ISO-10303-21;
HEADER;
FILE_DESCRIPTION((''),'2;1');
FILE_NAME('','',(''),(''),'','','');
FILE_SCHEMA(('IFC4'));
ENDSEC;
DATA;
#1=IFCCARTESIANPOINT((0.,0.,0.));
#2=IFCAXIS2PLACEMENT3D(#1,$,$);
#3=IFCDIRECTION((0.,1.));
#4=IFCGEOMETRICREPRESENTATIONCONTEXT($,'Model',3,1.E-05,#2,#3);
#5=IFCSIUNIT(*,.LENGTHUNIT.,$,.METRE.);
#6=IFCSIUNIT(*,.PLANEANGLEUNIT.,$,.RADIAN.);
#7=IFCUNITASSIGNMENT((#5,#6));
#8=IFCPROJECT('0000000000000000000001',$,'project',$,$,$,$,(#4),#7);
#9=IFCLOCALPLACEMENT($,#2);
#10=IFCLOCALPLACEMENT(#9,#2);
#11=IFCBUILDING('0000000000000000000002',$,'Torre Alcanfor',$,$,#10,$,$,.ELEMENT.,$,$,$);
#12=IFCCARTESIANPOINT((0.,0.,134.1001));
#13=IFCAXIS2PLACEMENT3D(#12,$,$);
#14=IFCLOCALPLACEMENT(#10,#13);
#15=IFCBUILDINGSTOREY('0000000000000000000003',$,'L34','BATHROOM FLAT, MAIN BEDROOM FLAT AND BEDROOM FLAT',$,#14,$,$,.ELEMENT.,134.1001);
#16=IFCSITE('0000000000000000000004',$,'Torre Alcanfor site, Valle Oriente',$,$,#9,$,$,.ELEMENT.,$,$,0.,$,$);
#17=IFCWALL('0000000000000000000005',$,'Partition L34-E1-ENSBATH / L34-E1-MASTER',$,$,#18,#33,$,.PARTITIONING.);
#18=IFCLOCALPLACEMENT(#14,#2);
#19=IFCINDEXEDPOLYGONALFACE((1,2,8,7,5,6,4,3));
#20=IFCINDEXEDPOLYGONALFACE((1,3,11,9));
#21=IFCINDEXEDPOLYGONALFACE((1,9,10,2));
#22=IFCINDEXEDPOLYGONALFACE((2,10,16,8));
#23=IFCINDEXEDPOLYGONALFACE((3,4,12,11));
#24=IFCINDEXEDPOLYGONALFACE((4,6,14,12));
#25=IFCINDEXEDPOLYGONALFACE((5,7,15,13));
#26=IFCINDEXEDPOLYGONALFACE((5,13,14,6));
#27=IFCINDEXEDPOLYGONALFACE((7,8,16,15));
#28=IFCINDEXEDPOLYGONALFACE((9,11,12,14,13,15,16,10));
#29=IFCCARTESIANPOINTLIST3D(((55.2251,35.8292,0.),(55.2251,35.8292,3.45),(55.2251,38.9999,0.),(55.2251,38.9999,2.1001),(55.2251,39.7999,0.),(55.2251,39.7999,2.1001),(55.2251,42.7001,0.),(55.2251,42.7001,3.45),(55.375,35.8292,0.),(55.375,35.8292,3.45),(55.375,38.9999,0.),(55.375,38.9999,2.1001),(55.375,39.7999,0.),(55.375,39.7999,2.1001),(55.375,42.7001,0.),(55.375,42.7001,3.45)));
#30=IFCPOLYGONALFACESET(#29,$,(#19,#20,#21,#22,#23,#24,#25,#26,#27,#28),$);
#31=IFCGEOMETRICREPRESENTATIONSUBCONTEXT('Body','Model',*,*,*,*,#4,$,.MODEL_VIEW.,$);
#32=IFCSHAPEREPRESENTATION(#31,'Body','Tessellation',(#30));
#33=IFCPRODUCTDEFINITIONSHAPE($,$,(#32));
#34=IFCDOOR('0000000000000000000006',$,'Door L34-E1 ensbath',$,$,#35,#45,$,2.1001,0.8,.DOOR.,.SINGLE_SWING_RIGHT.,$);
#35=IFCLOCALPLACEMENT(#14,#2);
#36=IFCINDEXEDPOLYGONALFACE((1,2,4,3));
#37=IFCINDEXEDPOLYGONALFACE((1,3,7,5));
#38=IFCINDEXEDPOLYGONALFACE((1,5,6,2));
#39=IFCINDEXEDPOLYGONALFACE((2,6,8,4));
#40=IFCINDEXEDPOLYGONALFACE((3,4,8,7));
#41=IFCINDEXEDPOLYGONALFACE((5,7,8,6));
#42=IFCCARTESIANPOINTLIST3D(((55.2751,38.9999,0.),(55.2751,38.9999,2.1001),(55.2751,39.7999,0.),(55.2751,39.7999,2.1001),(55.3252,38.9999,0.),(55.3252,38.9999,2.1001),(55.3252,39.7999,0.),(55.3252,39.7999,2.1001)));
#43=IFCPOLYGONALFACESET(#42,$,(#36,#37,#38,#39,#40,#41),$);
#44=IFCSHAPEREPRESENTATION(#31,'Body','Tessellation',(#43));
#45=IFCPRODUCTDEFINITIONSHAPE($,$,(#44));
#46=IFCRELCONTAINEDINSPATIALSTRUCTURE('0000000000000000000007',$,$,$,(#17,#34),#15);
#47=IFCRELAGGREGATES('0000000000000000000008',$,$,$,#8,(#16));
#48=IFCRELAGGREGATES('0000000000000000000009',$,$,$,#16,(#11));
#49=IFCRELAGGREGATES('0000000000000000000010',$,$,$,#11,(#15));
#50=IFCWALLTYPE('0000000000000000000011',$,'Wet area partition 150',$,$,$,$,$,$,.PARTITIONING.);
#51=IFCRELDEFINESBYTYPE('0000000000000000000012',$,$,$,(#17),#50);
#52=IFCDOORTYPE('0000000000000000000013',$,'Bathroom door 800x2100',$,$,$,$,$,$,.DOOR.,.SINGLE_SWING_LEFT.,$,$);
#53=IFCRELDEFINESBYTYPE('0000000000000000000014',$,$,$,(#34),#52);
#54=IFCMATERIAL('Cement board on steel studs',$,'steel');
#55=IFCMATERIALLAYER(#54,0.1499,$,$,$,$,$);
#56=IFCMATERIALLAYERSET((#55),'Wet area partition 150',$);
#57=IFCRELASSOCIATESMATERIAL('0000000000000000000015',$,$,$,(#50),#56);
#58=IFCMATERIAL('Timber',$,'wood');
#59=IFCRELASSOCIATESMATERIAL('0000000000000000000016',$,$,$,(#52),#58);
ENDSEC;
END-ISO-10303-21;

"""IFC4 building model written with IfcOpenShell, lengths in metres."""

from ifc_helpers import new_model, si_unit, direction, frame, frame_2d, origin, place, context, subcontext, project, spatial, rectangle, extrude, material, layer, layer_set, type_object, element, fill, save


model = new_model("IFC4")

# Units and contexts
model_context = context("Model", 3, precision=1e-05, world=origin(), true_north=direction((0.0, 1.0)))
body_context = subcontext(model_context, "Body", "Model", "MODEL_VIEW")
ifc_project = project(units=[si_unit("LENGTHUNIT", "METRE"), si_unit("PLANEANGLEUNIT", "RADIAN")], contexts=[model_context])

# Site, building, storey
site_placement = place(None, origin())
site = spatial("IfcSite", under=ifc_project, at=site_placement, Name="Torre Alcanfor site, Valle Oriente", CompositionType="ELEMENT", RefElevation=0.0)
building_placement = place(site_placement, origin())
building = spatial("IfcBuilding", under=site, at=building_placement, Name="Torre Alcanfor", CompositionType="ELEMENT")
storey_placement = place(building_placement, frame((0.0, 0.0, 134.1001)))
storey = spatial("IfcBuildingStorey", under=building, at=storey_placement, Name="L34", Description="BATHROOM FLAT, MAIN BEDROOM FLAT AND BEDROOM FLAT", CompositionType="ELEMENT", Elevation=134.1001)

# Shared definitions
ifc_material_1 = material(Name="Cement board on steel studs", Category="steel")
ifc_layer_1 = layer(ifc_material_1, 0.1499)
ifc_layer_set_1 = layer_set([ifc_layer_1], Name="Wet area partition 150")
wall_type_1 = type_object("IfcWallType", Name="Wet area partition 150", PredefinedType="PARTITIONING", material=ifc_layer_set_1)

# Wall, opening, door
wall_1_placement = place(storey_placement, frame((55.3, 35.8291, 0.0), z_axis=(0.0, 0.0, 1.0), x_axis=(0.0, 1.0, 0.0)))
wall_1 = element("IfcWall", 1, at=wall_1_placement, inside=storey, type_object=wall_type_1, Name="Partition L34-E1-ENSBATH / L34-E1-MASTER", PredefinedType="PARTITIONING", context=body_context, shape_type="SweptSolid", body=[
    extrude(rectangle(XDim=6.8708, YDim=0.1499, at=frame_2d((3.4355, 0.0))), origin(), (0.0, 0.0, 1.0), 3.45),
])
opening_1_placement = place(wall_1_placement, frame((3.1709, 0.0, 0.0)))
opening_1 = element("IfcOpeningElement", 2, at=opening_1_placement, cuts=wall_1, PredefinedType="OPENING", context=body_context, shape_type="SweptSolid", body=[
    extrude(rectangle(XDim=0.8, YDim=2.1001, at=frame_2d((0.3999, 1.05))), frame((0.0, 0.085, 0.0), z_axis=(0.0, -1.0, 0.0), x_axis=(1.0, 0.0, 0.0)), (0.0, 0.0, 1.0), 0.1699),
])
ifc_material_2 = material(Name="Timber", Category="wood")
door_type_1 = type_object("IfcDoorType", Name="Bathroom door 800x2100", OperationType="SINGLE_SWING_LEFT", PredefinedType="DOOR", material=ifc_material_2)
door_1_placement = place(opening_1_placement, origin())
door_1 = element("IfcDoor", 3, at=door_1_placement, inside=storey, type_object=door_type_1, Name="Door L34-E1 ensbath", OperationType="SINGLE_SWING_RIGHT", OverallHeight=2.1001, OverallWidth=0.8, PredefinedType="DOOR", context=body_context, shape_type="SweptSolid", body=[
    extrude(rectangle(XDim=0.8, YDim=2.1001, at=frame_2d((0.3999, 1.05))), frame((0.0, 0.0249, 0.0), z_axis=(0.0, -1.0, 0.0), x_axis=(1.0, 0.0, 0.0)), (0.0, 0.0, 1.0), 0.05),
])
fill(opening_1, door_1)

save(model, "model.ifc")
